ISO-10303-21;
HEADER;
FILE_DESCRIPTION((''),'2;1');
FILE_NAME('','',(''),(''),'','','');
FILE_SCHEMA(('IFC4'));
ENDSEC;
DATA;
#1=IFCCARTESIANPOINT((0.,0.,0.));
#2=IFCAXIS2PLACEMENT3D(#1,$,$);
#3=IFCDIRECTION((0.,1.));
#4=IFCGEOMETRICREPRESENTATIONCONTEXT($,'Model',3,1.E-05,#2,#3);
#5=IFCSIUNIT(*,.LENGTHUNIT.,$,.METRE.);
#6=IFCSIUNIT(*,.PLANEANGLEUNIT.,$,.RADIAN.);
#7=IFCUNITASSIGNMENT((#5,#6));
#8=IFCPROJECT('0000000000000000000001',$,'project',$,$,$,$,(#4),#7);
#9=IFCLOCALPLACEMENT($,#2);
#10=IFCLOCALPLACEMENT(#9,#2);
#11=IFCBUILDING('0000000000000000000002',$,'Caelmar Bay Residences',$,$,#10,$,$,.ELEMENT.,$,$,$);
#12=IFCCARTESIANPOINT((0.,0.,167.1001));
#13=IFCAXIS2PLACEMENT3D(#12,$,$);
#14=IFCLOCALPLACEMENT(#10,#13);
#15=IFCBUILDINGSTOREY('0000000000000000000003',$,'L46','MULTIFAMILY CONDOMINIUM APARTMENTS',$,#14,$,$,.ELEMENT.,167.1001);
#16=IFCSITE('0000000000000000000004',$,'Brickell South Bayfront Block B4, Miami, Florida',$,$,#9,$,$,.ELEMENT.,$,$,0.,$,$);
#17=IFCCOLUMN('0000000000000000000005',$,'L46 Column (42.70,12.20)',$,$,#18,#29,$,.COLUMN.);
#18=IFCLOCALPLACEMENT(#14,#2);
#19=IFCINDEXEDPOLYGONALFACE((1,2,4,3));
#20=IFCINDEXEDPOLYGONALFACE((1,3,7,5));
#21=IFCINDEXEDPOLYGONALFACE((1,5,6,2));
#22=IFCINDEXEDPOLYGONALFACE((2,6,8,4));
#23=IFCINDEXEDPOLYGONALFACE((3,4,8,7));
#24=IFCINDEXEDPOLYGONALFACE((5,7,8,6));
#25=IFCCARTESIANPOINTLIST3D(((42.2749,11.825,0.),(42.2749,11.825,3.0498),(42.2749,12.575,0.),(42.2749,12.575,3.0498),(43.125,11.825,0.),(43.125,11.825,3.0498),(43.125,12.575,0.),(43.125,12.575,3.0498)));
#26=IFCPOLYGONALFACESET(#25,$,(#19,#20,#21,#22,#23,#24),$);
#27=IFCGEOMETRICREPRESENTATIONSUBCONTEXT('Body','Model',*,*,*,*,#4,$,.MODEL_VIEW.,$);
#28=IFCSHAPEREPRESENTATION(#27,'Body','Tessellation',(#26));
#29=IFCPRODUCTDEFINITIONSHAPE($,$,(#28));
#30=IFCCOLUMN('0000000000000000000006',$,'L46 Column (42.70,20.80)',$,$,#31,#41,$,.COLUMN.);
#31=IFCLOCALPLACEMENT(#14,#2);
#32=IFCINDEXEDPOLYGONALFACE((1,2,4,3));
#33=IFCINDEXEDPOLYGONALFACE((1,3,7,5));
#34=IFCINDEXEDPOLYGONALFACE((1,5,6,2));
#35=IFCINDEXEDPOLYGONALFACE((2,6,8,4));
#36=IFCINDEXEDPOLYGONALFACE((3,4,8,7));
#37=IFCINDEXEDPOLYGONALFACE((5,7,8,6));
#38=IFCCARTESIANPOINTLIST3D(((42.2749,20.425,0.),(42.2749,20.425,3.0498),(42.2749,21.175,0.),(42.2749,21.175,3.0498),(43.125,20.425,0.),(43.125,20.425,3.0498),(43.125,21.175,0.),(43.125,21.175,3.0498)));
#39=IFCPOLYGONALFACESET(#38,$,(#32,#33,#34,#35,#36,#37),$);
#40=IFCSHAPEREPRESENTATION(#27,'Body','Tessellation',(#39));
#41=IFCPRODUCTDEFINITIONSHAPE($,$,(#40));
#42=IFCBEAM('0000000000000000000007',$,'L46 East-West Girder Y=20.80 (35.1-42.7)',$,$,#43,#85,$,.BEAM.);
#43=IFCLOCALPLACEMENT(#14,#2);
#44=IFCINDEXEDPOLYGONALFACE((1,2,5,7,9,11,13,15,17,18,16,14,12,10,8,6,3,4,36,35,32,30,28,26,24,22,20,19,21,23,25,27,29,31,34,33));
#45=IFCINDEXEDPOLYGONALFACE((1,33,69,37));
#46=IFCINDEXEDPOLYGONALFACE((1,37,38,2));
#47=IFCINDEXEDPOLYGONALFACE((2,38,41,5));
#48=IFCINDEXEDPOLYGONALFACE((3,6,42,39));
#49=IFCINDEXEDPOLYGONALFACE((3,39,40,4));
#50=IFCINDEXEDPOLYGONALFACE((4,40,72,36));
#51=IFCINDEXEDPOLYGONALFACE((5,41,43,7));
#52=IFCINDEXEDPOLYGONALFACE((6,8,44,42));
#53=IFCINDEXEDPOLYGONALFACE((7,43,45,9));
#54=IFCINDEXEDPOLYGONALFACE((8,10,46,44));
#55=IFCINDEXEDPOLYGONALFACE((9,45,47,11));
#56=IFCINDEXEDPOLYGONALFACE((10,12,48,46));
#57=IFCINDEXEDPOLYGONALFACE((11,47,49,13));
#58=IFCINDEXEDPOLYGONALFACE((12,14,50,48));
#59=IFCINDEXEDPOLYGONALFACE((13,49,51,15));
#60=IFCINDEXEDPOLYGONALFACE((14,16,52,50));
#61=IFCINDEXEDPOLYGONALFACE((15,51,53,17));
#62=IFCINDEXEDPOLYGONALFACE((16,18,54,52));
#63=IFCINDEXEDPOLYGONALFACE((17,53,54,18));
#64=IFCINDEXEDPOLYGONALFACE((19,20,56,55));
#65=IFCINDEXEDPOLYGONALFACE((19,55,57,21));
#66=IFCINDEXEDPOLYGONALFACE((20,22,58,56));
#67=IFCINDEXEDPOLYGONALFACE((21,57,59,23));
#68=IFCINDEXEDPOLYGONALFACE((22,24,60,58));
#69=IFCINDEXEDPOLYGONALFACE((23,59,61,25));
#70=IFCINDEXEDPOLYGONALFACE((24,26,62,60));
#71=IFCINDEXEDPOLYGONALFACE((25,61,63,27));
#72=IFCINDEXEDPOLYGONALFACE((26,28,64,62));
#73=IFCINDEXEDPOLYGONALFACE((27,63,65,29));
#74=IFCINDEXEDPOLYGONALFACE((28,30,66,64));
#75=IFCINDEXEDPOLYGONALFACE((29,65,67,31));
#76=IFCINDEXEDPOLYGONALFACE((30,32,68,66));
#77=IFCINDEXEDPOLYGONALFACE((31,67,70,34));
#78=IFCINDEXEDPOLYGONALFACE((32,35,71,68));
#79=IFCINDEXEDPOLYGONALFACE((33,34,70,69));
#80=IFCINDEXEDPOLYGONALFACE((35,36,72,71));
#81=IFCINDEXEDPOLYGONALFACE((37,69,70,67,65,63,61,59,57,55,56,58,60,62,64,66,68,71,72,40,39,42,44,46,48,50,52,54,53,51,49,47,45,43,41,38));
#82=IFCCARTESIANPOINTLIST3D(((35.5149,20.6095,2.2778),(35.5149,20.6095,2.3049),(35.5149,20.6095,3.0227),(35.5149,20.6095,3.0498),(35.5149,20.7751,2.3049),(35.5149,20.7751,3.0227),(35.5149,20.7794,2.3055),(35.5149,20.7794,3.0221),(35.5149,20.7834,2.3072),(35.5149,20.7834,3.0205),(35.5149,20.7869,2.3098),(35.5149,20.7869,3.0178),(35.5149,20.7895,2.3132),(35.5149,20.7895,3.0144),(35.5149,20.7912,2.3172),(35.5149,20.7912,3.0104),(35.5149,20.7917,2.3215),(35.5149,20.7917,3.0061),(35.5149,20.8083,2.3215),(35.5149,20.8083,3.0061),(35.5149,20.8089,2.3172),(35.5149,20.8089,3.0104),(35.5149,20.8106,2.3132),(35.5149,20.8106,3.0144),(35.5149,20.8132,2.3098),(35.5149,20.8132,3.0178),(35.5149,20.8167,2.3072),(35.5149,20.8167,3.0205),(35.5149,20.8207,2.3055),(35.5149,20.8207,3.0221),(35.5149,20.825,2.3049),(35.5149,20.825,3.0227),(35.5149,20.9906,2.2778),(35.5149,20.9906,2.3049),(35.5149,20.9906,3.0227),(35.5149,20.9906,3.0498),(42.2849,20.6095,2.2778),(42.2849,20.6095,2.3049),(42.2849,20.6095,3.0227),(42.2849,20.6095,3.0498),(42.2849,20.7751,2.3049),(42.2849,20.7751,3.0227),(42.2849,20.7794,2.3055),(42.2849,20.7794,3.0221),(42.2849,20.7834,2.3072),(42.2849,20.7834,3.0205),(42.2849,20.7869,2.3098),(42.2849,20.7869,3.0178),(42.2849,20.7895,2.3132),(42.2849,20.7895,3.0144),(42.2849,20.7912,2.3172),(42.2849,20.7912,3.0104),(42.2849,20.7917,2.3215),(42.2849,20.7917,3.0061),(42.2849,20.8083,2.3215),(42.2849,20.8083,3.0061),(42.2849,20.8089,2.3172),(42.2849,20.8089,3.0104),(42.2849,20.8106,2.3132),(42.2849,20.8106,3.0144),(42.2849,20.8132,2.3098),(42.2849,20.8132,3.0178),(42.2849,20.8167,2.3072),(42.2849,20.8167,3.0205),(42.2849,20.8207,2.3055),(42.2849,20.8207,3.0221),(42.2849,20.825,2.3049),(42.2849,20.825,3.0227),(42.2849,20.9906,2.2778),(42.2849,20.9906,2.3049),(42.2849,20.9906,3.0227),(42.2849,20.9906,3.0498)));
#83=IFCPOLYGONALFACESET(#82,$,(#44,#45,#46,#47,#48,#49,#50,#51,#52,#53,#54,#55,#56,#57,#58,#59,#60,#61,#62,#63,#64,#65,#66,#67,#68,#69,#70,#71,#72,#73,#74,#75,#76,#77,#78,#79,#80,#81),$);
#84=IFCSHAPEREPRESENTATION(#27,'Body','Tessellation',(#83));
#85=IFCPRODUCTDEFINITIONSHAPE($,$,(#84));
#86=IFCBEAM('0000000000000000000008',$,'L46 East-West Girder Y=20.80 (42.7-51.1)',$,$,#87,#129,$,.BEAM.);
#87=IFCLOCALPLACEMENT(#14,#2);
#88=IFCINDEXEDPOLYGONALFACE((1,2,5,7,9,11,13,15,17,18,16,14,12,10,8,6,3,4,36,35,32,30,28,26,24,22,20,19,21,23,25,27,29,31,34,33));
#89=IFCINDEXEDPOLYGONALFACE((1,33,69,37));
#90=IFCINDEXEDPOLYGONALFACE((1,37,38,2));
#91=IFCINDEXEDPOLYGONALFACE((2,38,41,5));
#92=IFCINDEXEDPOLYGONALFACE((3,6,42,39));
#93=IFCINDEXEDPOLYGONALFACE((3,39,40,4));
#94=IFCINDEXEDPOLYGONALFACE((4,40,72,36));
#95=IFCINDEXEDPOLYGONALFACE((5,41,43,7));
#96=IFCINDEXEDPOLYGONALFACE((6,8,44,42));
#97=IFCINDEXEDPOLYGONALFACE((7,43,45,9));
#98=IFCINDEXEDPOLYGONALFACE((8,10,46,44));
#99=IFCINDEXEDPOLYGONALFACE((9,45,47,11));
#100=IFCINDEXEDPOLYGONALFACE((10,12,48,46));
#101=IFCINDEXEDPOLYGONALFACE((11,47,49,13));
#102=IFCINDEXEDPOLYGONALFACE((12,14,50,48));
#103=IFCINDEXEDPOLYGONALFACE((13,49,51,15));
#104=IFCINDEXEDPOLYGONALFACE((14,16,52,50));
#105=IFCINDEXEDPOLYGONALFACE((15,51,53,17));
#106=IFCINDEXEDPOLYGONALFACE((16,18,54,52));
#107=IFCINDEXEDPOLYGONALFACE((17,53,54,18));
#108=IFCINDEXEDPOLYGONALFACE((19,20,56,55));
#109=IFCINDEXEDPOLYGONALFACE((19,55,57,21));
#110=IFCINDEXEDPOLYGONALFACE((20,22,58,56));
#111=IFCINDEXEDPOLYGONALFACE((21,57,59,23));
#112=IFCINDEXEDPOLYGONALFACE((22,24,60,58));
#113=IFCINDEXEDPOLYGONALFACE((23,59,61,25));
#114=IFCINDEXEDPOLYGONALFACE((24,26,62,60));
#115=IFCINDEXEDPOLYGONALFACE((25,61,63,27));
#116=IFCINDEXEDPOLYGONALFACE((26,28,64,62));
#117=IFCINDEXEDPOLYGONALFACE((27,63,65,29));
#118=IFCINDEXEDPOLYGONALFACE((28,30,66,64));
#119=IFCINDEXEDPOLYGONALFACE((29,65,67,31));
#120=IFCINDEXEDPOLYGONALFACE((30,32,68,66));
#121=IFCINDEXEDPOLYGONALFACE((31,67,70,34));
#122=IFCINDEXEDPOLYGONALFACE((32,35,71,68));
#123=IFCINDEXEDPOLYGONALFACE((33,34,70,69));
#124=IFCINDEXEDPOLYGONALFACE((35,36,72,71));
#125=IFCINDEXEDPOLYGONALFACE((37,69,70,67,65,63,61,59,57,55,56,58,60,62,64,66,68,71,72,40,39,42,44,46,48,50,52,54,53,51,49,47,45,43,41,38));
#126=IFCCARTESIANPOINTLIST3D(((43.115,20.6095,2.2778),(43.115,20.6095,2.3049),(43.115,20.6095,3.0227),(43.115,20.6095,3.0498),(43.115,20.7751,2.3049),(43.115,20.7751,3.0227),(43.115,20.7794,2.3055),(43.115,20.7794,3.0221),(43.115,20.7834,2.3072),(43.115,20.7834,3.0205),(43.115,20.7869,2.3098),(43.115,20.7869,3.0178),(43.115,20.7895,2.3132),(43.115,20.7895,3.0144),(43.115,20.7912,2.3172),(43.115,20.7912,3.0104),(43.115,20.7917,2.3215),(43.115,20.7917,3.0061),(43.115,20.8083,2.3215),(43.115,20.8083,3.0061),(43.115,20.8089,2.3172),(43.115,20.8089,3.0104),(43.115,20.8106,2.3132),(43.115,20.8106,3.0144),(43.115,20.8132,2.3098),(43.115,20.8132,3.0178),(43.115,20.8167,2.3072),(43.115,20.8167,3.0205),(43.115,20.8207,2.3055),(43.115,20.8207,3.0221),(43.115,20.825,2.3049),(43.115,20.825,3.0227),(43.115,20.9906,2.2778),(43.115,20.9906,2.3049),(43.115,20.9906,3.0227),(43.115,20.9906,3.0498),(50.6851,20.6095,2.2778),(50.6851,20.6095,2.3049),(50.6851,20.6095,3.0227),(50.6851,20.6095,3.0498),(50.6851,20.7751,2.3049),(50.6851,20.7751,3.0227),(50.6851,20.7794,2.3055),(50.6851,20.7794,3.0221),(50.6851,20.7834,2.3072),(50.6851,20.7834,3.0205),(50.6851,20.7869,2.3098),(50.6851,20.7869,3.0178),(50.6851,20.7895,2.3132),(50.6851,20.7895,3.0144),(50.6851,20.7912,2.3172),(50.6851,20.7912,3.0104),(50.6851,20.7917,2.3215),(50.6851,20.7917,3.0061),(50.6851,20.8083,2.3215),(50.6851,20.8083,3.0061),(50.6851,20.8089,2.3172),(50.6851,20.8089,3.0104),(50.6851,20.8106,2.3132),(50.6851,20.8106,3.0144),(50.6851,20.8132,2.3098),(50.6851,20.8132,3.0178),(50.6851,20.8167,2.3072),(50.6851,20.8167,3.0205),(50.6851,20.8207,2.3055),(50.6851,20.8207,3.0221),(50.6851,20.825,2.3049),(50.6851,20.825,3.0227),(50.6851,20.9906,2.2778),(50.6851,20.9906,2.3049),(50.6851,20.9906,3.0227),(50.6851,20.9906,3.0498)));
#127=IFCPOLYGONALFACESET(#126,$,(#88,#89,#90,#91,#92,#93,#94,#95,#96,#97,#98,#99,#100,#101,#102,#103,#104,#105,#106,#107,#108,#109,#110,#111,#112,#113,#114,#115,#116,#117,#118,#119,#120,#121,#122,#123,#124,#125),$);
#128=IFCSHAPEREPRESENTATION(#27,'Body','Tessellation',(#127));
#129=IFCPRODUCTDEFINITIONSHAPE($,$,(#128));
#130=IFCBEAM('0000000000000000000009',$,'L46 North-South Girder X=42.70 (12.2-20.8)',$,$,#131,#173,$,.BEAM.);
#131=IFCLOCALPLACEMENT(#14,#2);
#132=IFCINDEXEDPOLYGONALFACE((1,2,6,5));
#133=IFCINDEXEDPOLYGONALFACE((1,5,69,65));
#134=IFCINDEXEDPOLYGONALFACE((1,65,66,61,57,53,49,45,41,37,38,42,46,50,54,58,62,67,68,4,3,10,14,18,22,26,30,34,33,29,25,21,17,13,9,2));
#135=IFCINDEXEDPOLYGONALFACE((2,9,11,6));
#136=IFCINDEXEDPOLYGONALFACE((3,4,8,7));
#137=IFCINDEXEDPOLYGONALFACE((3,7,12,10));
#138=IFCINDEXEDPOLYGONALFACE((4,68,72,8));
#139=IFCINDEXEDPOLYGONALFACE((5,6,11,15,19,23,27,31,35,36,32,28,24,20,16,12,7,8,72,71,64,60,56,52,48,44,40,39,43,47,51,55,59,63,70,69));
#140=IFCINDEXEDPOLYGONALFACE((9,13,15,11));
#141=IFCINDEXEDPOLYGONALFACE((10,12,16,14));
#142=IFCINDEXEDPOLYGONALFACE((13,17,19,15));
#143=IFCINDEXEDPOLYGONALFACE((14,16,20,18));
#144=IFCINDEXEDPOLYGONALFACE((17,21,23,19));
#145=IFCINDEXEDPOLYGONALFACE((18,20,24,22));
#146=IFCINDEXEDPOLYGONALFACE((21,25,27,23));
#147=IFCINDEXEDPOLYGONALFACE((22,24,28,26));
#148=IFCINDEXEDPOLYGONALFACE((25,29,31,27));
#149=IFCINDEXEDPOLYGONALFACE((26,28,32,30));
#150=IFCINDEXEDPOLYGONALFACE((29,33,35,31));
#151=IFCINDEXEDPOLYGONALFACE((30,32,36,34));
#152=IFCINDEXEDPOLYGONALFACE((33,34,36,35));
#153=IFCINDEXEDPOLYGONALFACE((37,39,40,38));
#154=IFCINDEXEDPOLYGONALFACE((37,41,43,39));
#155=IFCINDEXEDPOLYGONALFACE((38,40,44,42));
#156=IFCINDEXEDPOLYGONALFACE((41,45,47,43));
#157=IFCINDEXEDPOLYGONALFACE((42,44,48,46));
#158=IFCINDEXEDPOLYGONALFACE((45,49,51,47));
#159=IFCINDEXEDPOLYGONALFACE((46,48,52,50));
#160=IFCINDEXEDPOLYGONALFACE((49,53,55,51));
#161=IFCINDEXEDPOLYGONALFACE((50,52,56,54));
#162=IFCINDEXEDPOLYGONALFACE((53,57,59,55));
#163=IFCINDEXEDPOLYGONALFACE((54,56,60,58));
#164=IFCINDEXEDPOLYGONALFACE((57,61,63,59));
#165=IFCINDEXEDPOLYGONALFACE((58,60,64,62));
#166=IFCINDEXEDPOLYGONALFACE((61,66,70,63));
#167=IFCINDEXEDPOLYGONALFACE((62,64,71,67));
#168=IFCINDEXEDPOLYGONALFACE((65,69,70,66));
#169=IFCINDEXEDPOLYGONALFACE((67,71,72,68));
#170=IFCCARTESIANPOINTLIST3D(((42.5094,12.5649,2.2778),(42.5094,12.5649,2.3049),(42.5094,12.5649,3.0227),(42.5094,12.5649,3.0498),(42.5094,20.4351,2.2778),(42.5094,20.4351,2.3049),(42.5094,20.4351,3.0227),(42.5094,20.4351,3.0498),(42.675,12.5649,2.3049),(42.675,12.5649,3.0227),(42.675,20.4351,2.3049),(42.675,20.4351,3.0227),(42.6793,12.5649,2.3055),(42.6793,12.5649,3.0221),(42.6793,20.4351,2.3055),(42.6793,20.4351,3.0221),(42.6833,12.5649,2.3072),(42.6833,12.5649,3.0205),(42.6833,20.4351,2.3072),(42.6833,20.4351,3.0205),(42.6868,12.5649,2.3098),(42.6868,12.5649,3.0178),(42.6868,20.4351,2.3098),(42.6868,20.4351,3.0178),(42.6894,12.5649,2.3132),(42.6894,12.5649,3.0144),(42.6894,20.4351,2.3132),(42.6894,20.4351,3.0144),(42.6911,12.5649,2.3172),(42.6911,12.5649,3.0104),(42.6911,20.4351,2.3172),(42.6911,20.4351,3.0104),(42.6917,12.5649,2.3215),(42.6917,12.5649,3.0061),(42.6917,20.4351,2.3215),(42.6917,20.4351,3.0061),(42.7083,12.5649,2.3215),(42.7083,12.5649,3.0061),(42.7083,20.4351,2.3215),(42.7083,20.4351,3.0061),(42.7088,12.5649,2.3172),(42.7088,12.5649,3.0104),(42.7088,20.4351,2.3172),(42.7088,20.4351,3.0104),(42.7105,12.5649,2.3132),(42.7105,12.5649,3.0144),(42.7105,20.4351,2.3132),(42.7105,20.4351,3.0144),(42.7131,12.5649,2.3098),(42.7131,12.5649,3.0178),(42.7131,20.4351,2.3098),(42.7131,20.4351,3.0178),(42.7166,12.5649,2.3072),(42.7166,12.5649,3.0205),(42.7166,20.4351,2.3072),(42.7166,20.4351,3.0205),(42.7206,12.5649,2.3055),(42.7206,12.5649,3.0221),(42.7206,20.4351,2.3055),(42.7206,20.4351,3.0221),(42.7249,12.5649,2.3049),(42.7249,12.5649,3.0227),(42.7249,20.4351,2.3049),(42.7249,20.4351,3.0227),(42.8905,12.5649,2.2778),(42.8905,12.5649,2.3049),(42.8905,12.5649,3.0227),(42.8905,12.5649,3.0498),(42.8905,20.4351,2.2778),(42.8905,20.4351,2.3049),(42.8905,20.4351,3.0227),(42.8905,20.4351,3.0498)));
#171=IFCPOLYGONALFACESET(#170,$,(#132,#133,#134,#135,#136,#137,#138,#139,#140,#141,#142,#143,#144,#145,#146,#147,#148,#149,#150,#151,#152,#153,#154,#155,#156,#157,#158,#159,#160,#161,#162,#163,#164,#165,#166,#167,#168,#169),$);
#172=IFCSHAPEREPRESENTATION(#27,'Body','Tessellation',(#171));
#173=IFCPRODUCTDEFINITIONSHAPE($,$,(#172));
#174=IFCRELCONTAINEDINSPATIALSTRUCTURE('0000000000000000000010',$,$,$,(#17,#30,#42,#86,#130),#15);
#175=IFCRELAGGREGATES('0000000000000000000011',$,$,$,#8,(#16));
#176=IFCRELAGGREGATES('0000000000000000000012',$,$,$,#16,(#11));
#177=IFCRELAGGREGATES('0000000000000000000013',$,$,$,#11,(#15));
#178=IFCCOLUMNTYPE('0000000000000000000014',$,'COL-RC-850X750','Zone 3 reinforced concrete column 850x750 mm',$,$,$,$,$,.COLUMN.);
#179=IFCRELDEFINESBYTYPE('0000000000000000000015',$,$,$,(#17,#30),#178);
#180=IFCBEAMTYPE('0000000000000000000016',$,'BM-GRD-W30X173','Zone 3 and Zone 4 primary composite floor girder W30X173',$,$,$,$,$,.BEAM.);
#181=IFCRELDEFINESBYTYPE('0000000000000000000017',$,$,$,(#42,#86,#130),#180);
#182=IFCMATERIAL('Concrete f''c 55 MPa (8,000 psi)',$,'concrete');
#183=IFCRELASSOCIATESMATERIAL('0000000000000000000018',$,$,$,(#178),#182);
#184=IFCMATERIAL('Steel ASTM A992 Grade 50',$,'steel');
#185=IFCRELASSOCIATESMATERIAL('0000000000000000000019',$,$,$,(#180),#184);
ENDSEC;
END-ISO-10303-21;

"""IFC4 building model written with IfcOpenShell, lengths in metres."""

from ifc_helpers import new_model, si_unit, direction, frame, origin, origin_2d, place, context, subcontext, project, spatial, rectangle, i_section, extrude, material, material_profile, profile_set, type_object, element, save


model = new_model("IFC4")

# Units and contexts
model_context = context("Model", 3, precision=1e-05, world=origin(), true_north=direction((0.0, 1.0)))
body_context = subcontext(model_context, "Body", "Model", "MODEL_VIEW")
ifc_project = project(units=[si_unit("LENGTHUNIT", "METRE"), si_unit("PLANEANGLEUNIT", "RADIAN")], contexts=[model_context])

# Site, building, storey
site_placement = place(None, origin())
site = spatial("IfcSite", under=ifc_project, at=site_placement, Name="Brickell South Bayfront Block B4, Miami, Florida", CompositionType="ELEMENT", RefElevation=0.0)
building_placement = place(site_placement, origin())
building = spatial("IfcBuilding", under=site, at=building_placement, Name="Caelmar Bay Residences", CompositionType="ELEMENT")
storey_placement = place(building_placement, frame((0.0, 0.0, 167.1001)))
storey = spatial("IfcBuildingStorey", under=building, at=storey_placement, Name="L46", Description="MULTIFAMILY CONDOMINIUM APARTMENTS", CompositionType="ELEMENT", Elevation=167.1001)

# Columns
ifc_material_1 = material(Name="Concrete f'c 55 MPa (8,000 psi)", Category="concrete")
ifc_material_profile_1 = material_profile(ifc_material_1, rectangle(XDim=0.8501, YDim=0.75, at=origin_2d()), Name="RC-COL-850X750")
ifc_profile_set_1 = profile_set([ifc_material_profile_1], Name="Concrete f'c 55 MPa (8,000 psi)")
column_type = type_object("IfcColumnType", Name="COL-RC-850X750", Description="Zone 3 reinforced concrete column 850x750 mm", PredefinedType="COLUMN", material=ifc_profile_set_1)
for number, where, z_axis, x_axis, name in (
    (1, (42.7, 12.2, 0.0), (0.0, 0.0, 1.0), (1.0, 0.0, 0.0), "L46 Column (42.70,12.20)"),
    (2, (42.7, 20.8, 0.0), (0.0, 0.0, 1.0), (1.0, 0.0, 0.0), "L46 Column (42.70,20.80)"),
):
    element("IfcColumn", number, at=place(storey_placement, frame(where, z_axis=z_axis, x_axis=x_axis)), inside=storey, type_object=column_type, Name=name, PredefinedType="COLUMN", context=body_context, shape_type="SweptSolid", body=[
        extrude(rectangle(XDim=0.8501, YDim=0.75, at=origin_2d()), origin(), (0.0, 0.0, 1.0), 3.0498),
    ])

# Beams
ifc_material_2 = material(Name="Steel ASTM A992 Grade 50", Category="steel")
ifc_material_profile_2 = material_profile(ifc_material_2, i_section(OverallWidth=0.3811, OverallDepth=0.772, WebThickness=0.0166, FlangeThickness=0.0271, FilletRadius=0.0166, at=origin_2d()), Name="W30X173")
ifc_profile_set_2 = profile_set([ifc_material_profile_2], Name="Steel ASTM A992 Grade 50")
beam_type_1 = type_object("IfcBeamType", Name="BM-GRD-W30X173", Description="Zone 3 and Zone 4 primary composite floor girder W30X173", PredefinedType="BEAM", material=ifc_profile_set_2)
beam_1_placement = place(storey_placement, frame((35.5149, 20.8, 2.6638), z_axis=(1.0, 0.0, 0.0), x_axis=(0.0, 1.0, 0.0)))
element("IfcBeam", 3, at=beam_1_placement, inside=storey, type_object=beam_type_1, Name="L46 East-West Girder Y=20.80 (35.1-42.7)", PredefinedType="BEAM", context=body_context, shape_type="SweptSolid", body=[
    extrude(i_section(OverallWidth=0.3811, OverallDepth=0.772, WebThickness=0.0166, FlangeThickness=0.0271, FilletRadius=0.0166, at=origin_2d()), origin(), (0.0, 0.0, 1.0), 6.77),
])
beam_2_placement = place(storey_placement, frame((43.115, 20.8, 2.6638), z_axis=(1.0, 0.0, 0.0), x_axis=(0.0, 1.0, 0.0)))
element("IfcBeam", 4, at=beam_2_placement, inside=storey, type_object=beam_type_1, Name="L46 East-West Girder Y=20.80 (42.7-51.1)", PredefinedType="BEAM", context=body_context, shape_type="SweptSolid", body=[
    extrude(i_section(OverallWidth=0.3811, OverallDepth=0.772, WebThickness=0.0166, FlangeThickness=0.0271, FilletRadius=0.0166, at=origin_2d()), origin(), (0.0, 0.0, 1.0), 7.5701),
])
beam_3_placement = place(storey_placement, frame((42.7, 12.5649, 2.6638), z_axis=(0.0, 1.0, 0.0), x_axis=(-1.0, 0.0, 0.0)))
element("IfcBeam", 5, at=beam_3_placement, inside=storey, type_object=beam_type_1, Name="L46 North-South Girder X=42.70 (12.2-20.8)", PredefinedType="BEAM", context=body_context, shape_type="SweptSolid", body=[
    extrude(i_section(OverallWidth=0.3811, OverallDepth=0.772, WebThickness=0.0166, FlangeThickness=0.0271, FilletRadius=0.0166, at=origin_2d()), origin(), (0.0, 0.0, 1.0), 7.8701),
])

save(model, "model.ifc")
